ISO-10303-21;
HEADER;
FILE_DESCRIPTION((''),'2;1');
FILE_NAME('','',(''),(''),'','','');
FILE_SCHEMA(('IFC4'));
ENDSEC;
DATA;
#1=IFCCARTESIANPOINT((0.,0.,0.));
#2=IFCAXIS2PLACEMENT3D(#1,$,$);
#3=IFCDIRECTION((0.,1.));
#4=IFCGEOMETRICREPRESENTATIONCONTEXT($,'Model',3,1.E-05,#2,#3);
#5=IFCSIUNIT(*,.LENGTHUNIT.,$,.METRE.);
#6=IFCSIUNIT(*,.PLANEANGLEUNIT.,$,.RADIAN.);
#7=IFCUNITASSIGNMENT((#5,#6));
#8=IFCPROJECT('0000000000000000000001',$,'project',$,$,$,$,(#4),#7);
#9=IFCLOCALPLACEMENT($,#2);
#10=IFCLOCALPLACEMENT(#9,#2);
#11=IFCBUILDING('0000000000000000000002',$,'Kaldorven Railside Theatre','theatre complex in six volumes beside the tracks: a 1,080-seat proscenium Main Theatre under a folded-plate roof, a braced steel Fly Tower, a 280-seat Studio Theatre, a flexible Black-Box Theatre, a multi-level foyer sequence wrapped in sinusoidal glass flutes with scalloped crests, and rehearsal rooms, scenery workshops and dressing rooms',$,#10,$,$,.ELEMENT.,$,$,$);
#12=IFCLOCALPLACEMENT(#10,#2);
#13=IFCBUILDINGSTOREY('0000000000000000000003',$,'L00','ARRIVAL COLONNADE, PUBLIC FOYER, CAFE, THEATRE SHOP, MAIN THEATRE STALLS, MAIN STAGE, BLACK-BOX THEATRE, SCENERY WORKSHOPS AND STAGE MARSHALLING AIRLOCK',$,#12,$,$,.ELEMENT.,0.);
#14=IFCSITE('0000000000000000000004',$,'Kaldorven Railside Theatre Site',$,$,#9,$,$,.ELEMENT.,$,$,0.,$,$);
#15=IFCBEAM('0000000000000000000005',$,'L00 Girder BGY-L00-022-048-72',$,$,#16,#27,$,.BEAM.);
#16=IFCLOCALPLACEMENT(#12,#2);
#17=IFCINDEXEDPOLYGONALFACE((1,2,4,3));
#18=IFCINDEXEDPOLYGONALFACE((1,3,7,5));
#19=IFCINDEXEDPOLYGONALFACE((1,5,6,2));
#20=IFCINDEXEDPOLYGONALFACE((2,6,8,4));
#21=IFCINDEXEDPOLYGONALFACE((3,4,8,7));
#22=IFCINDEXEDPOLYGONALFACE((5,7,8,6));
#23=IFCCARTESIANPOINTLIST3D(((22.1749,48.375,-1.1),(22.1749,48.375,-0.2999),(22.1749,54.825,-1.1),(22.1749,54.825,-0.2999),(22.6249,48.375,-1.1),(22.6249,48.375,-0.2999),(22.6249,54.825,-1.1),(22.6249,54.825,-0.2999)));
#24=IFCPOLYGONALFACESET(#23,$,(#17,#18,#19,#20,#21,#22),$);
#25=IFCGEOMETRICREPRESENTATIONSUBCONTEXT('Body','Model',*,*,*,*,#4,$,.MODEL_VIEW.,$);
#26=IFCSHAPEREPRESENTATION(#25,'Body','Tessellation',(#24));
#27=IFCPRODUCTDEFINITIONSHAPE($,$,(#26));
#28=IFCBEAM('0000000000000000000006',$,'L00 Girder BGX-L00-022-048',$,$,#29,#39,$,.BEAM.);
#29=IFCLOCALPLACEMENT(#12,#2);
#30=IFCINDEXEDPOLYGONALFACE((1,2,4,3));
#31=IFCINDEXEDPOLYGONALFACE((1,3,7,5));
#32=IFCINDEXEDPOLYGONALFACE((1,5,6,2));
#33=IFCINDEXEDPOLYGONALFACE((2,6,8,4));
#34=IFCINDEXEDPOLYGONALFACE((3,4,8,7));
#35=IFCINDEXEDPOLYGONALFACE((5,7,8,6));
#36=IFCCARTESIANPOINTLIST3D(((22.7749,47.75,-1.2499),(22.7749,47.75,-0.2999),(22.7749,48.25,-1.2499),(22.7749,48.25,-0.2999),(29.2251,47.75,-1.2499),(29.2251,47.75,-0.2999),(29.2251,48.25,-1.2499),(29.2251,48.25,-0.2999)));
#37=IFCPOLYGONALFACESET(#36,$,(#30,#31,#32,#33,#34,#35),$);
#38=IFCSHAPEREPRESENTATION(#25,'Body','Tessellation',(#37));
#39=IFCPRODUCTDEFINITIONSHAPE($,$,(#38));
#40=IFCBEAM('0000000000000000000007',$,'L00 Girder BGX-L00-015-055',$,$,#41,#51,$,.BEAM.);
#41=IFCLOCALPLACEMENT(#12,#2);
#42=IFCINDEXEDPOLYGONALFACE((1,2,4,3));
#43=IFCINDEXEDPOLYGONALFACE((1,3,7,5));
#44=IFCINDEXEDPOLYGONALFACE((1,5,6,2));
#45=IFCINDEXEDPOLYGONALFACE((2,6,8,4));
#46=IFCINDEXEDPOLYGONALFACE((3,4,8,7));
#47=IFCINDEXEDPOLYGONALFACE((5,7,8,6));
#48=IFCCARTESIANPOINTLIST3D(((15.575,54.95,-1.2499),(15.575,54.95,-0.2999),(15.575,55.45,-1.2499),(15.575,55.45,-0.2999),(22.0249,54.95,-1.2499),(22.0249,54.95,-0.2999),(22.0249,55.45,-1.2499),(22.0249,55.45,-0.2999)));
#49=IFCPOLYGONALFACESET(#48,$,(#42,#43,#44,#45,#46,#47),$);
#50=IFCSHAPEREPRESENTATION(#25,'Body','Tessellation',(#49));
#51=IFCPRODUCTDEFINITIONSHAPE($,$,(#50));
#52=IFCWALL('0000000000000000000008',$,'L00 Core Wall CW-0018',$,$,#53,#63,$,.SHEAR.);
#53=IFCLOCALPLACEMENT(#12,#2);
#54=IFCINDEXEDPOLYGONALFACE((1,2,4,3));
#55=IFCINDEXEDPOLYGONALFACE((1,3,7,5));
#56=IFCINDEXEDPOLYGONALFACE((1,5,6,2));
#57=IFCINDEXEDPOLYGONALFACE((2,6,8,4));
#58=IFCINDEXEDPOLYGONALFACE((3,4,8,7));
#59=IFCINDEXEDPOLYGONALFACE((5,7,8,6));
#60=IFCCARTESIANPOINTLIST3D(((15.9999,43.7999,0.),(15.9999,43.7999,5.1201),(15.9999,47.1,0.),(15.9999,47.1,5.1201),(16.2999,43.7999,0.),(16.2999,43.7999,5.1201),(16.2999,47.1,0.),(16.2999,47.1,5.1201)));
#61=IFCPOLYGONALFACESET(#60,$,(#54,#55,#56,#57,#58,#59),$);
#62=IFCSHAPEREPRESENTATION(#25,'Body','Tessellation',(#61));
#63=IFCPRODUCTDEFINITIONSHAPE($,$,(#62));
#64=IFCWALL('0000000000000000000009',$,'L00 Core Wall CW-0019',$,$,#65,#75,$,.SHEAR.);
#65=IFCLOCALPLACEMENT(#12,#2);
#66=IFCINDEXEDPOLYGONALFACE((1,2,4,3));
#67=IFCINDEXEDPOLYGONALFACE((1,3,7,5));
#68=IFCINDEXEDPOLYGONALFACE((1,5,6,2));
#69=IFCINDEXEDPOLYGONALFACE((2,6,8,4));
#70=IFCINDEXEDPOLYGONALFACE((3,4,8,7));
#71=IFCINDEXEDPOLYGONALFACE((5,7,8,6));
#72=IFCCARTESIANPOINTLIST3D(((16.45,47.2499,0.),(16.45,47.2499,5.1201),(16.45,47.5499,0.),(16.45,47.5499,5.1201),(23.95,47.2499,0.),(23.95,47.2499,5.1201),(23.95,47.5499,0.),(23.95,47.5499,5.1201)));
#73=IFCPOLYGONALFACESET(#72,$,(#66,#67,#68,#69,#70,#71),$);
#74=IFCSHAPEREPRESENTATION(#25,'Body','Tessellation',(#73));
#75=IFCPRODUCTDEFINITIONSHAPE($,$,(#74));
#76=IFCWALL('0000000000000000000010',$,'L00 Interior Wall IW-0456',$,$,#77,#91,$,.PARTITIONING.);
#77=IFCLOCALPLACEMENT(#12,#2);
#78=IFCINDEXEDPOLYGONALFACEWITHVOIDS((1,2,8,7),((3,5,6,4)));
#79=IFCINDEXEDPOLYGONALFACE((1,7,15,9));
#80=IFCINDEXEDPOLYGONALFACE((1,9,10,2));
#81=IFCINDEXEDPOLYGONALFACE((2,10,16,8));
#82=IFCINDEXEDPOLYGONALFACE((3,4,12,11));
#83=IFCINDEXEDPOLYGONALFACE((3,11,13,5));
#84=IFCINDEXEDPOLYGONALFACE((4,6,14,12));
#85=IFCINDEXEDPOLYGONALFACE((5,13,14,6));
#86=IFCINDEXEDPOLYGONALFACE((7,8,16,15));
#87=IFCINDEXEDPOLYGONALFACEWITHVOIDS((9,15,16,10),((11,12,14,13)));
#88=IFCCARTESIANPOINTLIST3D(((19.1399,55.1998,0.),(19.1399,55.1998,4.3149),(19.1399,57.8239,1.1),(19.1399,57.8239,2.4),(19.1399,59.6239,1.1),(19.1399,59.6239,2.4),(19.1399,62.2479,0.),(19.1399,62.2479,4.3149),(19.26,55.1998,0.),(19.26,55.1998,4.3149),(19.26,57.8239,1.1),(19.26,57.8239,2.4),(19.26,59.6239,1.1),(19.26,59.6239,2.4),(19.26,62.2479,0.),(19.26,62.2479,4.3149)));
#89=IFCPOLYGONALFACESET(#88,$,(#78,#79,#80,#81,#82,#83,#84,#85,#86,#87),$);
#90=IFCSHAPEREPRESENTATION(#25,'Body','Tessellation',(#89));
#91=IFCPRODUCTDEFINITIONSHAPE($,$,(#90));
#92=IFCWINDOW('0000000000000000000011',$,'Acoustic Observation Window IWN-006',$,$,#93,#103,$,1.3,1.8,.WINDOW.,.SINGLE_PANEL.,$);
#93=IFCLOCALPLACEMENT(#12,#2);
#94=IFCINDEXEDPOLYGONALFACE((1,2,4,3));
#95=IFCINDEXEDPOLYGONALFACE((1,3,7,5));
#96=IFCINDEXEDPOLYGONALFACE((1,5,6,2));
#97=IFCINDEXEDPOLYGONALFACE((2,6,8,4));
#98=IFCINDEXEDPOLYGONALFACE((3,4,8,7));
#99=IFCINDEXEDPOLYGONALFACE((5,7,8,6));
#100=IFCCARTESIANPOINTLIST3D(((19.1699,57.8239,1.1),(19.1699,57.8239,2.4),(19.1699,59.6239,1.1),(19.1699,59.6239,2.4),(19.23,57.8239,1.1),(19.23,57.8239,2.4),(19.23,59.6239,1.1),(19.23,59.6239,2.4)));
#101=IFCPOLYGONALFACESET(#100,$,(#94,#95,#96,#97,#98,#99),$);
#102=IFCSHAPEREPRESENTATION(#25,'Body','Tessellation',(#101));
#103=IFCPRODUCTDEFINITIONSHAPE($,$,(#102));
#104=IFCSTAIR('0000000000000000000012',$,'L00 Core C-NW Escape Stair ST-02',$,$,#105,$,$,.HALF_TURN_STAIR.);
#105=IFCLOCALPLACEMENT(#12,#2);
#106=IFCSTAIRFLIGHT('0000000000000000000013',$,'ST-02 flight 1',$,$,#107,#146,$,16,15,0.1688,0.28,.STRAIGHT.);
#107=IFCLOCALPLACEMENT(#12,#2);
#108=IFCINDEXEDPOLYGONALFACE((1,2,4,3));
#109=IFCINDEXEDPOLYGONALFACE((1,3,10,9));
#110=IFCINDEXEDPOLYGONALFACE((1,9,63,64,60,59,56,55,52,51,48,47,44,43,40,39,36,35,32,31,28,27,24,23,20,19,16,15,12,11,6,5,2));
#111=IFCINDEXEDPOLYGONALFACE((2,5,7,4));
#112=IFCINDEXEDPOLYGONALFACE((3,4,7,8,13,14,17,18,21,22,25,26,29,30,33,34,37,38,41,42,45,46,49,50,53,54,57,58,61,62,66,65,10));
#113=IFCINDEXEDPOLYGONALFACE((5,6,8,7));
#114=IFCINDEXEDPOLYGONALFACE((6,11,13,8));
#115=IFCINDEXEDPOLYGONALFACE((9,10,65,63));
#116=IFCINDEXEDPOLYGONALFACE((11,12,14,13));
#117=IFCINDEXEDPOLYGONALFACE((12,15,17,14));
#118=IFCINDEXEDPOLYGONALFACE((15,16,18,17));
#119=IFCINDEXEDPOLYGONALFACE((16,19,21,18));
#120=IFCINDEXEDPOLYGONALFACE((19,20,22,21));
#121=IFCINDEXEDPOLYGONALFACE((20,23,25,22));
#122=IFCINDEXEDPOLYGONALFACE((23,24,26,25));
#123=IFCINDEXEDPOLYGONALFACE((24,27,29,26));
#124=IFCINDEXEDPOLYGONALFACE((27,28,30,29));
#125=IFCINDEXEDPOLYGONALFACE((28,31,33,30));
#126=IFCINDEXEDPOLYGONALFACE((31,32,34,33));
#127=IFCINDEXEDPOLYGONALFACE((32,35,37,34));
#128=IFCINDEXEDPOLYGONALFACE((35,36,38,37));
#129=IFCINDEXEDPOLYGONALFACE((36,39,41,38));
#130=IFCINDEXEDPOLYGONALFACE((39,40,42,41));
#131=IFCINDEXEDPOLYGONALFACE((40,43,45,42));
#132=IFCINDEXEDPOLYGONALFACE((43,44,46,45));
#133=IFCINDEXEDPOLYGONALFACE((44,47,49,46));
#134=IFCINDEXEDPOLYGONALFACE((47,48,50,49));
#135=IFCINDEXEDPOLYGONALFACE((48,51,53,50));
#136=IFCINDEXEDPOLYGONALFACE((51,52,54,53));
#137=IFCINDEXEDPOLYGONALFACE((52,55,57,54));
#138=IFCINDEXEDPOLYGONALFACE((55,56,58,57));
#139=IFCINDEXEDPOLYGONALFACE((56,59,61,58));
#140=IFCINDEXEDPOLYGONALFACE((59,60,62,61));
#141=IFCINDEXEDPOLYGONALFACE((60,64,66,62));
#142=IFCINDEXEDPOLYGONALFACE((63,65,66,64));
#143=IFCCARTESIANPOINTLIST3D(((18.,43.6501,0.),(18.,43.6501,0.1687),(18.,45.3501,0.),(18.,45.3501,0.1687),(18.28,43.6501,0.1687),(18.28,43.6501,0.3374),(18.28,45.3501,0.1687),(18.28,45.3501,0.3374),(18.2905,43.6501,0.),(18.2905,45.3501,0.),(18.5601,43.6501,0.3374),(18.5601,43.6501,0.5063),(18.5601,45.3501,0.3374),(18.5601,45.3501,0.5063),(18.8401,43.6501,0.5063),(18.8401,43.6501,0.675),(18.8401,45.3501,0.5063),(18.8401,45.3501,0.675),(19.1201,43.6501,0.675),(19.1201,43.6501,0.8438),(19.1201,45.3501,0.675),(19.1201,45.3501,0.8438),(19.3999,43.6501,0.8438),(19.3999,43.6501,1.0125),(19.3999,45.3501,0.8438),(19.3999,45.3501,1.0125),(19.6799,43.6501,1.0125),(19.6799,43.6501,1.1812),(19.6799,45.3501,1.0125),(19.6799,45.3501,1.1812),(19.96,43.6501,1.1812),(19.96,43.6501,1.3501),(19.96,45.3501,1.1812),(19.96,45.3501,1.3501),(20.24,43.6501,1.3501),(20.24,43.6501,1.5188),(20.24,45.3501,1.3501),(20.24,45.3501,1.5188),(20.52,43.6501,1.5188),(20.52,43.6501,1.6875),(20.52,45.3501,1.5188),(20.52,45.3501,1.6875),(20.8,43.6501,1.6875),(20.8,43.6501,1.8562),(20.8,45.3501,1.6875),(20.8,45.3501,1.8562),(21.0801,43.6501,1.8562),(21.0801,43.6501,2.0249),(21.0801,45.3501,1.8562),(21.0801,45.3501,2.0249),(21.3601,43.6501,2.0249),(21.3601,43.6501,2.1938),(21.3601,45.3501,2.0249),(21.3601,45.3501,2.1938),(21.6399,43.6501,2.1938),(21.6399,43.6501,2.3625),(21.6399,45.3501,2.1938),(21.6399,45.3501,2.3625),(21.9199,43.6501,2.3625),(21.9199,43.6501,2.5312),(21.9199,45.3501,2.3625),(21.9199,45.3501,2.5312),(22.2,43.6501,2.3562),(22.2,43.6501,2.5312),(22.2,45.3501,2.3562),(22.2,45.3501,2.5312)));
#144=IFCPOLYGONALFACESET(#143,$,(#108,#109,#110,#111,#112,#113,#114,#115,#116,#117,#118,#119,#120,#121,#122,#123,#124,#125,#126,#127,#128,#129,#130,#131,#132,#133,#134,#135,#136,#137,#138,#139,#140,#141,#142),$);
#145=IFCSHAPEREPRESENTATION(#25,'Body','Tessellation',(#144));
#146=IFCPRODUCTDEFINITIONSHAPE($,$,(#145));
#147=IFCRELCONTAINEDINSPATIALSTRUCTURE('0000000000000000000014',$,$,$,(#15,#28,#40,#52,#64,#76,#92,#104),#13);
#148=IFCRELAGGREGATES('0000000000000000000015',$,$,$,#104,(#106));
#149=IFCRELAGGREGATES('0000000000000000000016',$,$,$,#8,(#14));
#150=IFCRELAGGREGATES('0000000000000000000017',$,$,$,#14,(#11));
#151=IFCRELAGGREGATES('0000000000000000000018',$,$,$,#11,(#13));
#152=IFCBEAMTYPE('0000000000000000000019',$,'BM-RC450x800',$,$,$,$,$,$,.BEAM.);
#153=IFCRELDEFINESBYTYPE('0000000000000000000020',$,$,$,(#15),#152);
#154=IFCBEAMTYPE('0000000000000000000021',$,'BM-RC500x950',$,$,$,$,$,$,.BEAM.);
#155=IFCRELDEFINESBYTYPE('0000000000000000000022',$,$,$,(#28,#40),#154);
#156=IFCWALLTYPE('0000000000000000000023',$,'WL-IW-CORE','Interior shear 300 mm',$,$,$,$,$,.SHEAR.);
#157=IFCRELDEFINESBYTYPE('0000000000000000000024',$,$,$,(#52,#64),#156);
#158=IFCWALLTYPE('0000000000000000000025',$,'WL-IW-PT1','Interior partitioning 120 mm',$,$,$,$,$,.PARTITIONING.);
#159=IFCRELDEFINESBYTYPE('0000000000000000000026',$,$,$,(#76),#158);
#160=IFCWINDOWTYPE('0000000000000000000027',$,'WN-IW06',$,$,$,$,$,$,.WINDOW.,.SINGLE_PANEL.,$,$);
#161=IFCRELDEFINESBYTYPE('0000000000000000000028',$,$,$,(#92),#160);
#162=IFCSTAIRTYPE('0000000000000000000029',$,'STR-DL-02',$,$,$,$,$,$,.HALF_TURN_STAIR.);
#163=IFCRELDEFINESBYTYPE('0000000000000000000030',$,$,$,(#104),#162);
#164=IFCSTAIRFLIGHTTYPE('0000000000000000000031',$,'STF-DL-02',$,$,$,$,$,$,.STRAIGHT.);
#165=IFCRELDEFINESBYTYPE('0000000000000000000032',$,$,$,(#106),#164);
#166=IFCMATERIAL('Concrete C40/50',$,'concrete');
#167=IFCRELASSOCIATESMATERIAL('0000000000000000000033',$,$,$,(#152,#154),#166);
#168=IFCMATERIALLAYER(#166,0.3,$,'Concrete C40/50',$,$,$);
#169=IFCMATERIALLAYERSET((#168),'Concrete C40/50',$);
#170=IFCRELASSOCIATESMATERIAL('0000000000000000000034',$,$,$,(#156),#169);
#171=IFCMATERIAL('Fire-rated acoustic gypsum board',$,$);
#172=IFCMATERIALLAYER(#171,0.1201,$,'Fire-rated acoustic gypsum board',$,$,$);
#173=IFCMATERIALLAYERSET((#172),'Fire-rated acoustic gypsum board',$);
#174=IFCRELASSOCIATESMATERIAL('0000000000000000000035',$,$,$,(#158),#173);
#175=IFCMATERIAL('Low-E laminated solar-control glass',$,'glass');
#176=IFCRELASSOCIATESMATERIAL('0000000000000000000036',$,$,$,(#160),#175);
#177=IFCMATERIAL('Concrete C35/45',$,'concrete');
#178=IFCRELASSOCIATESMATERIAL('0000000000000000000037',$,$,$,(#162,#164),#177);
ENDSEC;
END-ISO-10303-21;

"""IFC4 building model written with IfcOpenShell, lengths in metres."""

from ifc_helpers import new_model, si_unit, direction, frame, frame_2d, origin, origin_2d, place, context, subcontext, project, spatial, polyline, rectangle, outline, extrude, material, layer, layer_set, material_profile, profile_set, type_object, element, fill, aggregate, save


model = new_model("IFC4")

# Units and contexts
model_context = context("Model", 3, precision=1e-05, world=origin(), true_north=direction((0.0, 1.0)))
body_context = subcontext(model_context, "Body", "Model", "MODEL_VIEW")
ifc_project = project(units=[si_unit("LENGTHUNIT", "METRE"), si_unit("PLANEANGLEUNIT", "RADIAN")], contexts=[model_context])

# Site, building, storey
site_placement = place(None, origin())
site = spatial("IfcSite", under=ifc_project, at=site_placement, Name="Kaldorven Railside Theatre Site", CompositionType="ELEMENT", RefElevation=0.0)
building_placement = place(site_placement, origin())
building = spatial("IfcBuilding", under=site, at=building_placement, Name="Kaldorven Railside Theatre", Description="theatre complex in six volumes beside the tracks: a 1,080-seat proscenium Main Theatre under a folded-plate roof, a braced steel Fly Tower, a 280-seat Studio Theatre, a flexible Black-Box Theatre, a multi-level foyer sequence wrapped in sinusoidal glass flutes with scalloped crests, and rehearsal rooms, scenery workshops and dressing rooms", CompositionType="ELEMENT")
storey_placement = place(building_placement, origin())
storey = spatial("IfcBuildingStorey", under=building, at=storey_placement, Name="L00", Description="ARRIVAL COLONNADE, PUBLIC FOYER, CAFE, THEATRE SHOP, MAIN THEATRE STALLS, MAIN STAGE, BLACK-BOX THEATRE, SCENERY WORKSHOPS AND STAGE MARSHALLING AIRLOCK", CompositionType="ELEMENT", Elevation=0.0)

# Shared definitions
ifc_material_1 = material(Name="Concrete C40/50", Category="concrete")

# Beams
ifc_material_profile_1 = material_profile(ifc_material_1, rectangle(XDim=0.45, YDim=0.8, at=origin_2d()), Name="RC 450x800")
ifc_profile_set_1 = profile_set([ifc_material_profile_1], Name="Concrete C40/50")
beam_type_1 = type_object("IfcBeamType", Name="BM-RC450x800", PredefinedType="BEAM", material=ifc_profile_set_1)
for number, where, z_axis, x_axis, name in (
    (1, (22.3999, 48.375, -0.7), (0.0, 1.0, 0.0), (-1.0, 0.0, 0.0), "L00 Girder BGY-L00-022-048-72"),
):
    element("IfcBeam", number, at=place(storey_placement, frame(where, z_axis=z_axis, x_axis=x_axis)), inside=storey, type_object=beam_type_1, Name=name, PredefinedType="BEAM", context=body_context, shape_type="SweptSolid", body=[
        extrude(rectangle(XDim=0.45, YDim=0.8, at=origin_2d()), origin(), (0.0, 0.0, 1.0), 6.45),
    ])
ifc_material_profile_2 = material_profile(ifc_material_1, rectangle(XDim=0.5, YDim=0.95, at=origin_2d()), Name="RC 500x950")
ifc_profile_set_2 = profile_set([ifc_material_profile_2], Name="Concrete C40/50")
beam_type_2 = type_object("IfcBeamType", Name="BM-RC500x950", PredefinedType="BEAM", material=ifc_profile_set_2)
beam_1_placement = place(storey_placement, frame((22.7749, 48.0, -0.7749), z_axis=(1.0, 0.0, 0.0), x_axis=(0.0, 1.0, 0.0)))
element("IfcBeam", 2, at=beam_1_placement, inside=storey, type_object=beam_type_2, Name="L00 Girder BGX-L00-022-048", PredefinedType="BEAM", context=body_context, shape_type="SweptSolid", body=[
    extrude(rectangle(XDim=0.5, YDim=0.95, at=origin_2d()), origin(), (0.0, 0.0, 1.0), 6.4502),
])
beam_2_placement = place(storey_placement, frame((15.575, 55.2, -0.7749), z_axis=(1.0, 0.0, 0.0), x_axis=(0.0, 1.0, 0.0)))
element("IfcBeam", 3, at=beam_2_placement, inside=storey, type_object=beam_type_2, Name="L00 Girder BGX-L00-015-055", PredefinedType="BEAM", context=body_context, shape_type="SweptSolid", body=[
    extrude(rectangle(XDim=0.5, YDim=0.95, at=origin_2d()), origin(), (0.0, 0.0, 1.0), 6.45),
])

# Walls
ifc_layer_1 = layer(ifc_material_1, 0.3, Name="Concrete C40/50")
ifc_layer_set_1 = layer_set([ifc_layer_1], Name="Concrete C40/50")
wall_type_1 = type_object("IfcWallType", Name="WL-IW-CORE", Description="Interior shear 300 mm", PredefinedType="SHEAR", material=ifc_layer_set_1)
wall_1_placement = place(storey_placement, frame((16.1499, 43.8, 0.0), z_axis=(0.0, 0.0, 1.0), x_axis=(0.0, 1.0, 0.0)))
element("IfcWall", 4, at=wall_1_placement, inside=storey, type_object=wall_type_1, Name="L00 Core Wall CW-0018", PredefinedType="SHEAR", context=body_context, shape_type="SweptSolid", body=[
    extrude(rectangle(XDim=3.3, YDim=0.3, at=frame_2d((1.6499, 0.0))), origin(), (0.0, 0.0, 1.0), 5.1201),
])
wall_2_placement = place(storey_placement, frame((16.45, 47.3999, 0.0), z_axis=(0.0, 0.0, 1.0), x_axis=(1.0, 0.0, 0.0)))
element("IfcWall", 5, at=wall_2_placement, inside=storey, type_object=wall_type_1, Name="L00 Core Wall CW-0019", PredefinedType="SHEAR", context=body_context, shape_type="SweptSolid", body=[
    extrude(rectangle(XDim=7.5, YDim=0.3, at=frame_2d((3.75, 0.0))), origin(), (0.0, 0.0, 1.0), 5.1201),
])

# Wall, opening, window
ifc_material_2 = material(Name="Fire-rated acoustic gypsum board")
ifc_layer_2 = layer(ifc_material_2, 0.1201, Name="Fire-rated acoustic gypsum board")
ifc_layer_set_2 = layer_set([ifc_layer_2], Name="Fire-rated acoustic gypsum board")
wall_type_2 = type_object("IfcWallType", Name="WL-IW-PT1", Description="Interior partitioning 120 mm", PredefinedType="PARTITIONING", material=ifc_layer_set_2)
wall_3_placement = place(storey_placement, frame((19.2, 55.2, 0.0), z_axis=(0.0, 0.0, 1.0), x_axis=(0.0, 1.0, 0.0)))
wall_3 = element("IfcWall", 6, at=wall_3_placement, inside=storey, type_object=wall_type_2, Name="L00 Interior Wall IW-0456", PredefinedType="PARTITIONING", context=body_context, shape_type="SweptSolid", body=[
    extrude(rectangle(XDim=7.0481, YDim=0.1201, at=frame_2d((3.5239, 0.0))), origin(), (0.0, 0.0, 1.0), 4.3149),
])
opening_placement = place(wall_3_placement, frame((2.624, 0.0, 1.1001)))
opening = element("IfcOpeningElement", 7, at=opening_placement, cuts=wall_3, PredefinedType="OPENING", context=body_context, shape_type="SweptSolid", body=[
    extrude(rectangle(XDim=1.8, YDim=1.3, at=frame_2d((0.8999, 0.6499))), frame((0.0, 0.0701, 0.0), z_axis=(0.0, -1.0, 0.0), x_axis=(1.0, 0.0, 0.0)), (0.0, 0.0, 1.0), 0.1401),
])
ifc_material_3 = material(Name="Low-E laminated solar-control glass", Category="glass")
window_type = type_object("IfcWindowType", Name="WN-IW06", PartitioningType="SINGLE_PANEL", PredefinedType="WINDOW", material=ifc_material_3)
window_placement = place(opening_placement, origin())
window = element("IfcWindow", 8, at=window_placement, inside=storey, type_object=window_type, Name="Acoustic Observation Window IWN-006", OverallHeight=1.3, OverallWidth=1.8, PartitioningType="SINGLE_PANEL", PredefinedType="WINDOW", context=body_context, shape_type="SweptSolid", body=[
    extrude(rectangle(XDim=1.8, YDim=1.3, at=frame_2d((0.8999, 0.6499))), frame((0.0, 0.03, 0.0), z_axis=(0.0, -1.0, 0.0), x_axis=(1.0, 0.0, 0.0)), (0.0, 0.0, 1.0), 0.0601),
])
fill(opening, window)

# Stair, stair flight
ifc_material_4 = material(Name="Concrete C35/45", Category="concrete")
stair_type = type_object("IfcStairType", Name="STR-DL-02", PredefinedType="HALF_TURN_STAIR", material=ifc_material_4)
stair_placement = place(storey_placement, origin())
stair = element("IfcStair", 9, at=stair_placement, inside=storey, type_object=stair_type, Name="L00 Core C-NW Escape Stair ST-02", PredefinedType="HALF_TURN_STAIR")
stair_flight_type = type_object("IfcStairFlightType", Name="STF-DL-02", PredefinedType="STRAIGHT", material=ifc_material_4)
stair_flight_1_placement = place(storey_placement, frame((18.0, 44.5, 0.0), z_axis=(0.0, 0.0, 1.0), x_axis=(1.0, 0.0, 0.0)))
stair_flight_1 = element("IfcStairFlight", 10, at=stair_flight_1_placement, type_object=stair_flight_type, Name="ST-02 flight 1", NumberOfRisers=16, NumberOfTreads=15, PredefinedType="STRAIGHT", RiserHeight=0.1688, TreadLength=0.28, context=body_context, shape_type="SweptSolid", body=[
    extrude(outline(polyline([(0.0, 0.0), (0.0, 0.1687), (0.28, 0.1687), (0.28, 0.3374), (0.5601, 0.3374), (0.5601, 0.5063), (0.8401, 0.5063), (0.8401, 0.675), (1.1201, 0.675), (1.1201, 0.8438), (1.3999, 0.8438), (1.3999, 1.0125), (1.6799, 1.0125), (1.6799, 1.1812), (1.96, 1.1812), (1.96, 1.3501), (2.24, 1.3501), (2.24, 1.5188), (2.52, 1.5188), (2.52, 1.6875), (2.8, 1.6875), (2.8, 1.8562), (3.0801, 1.8562), (3.0801, 2.0249), (3.3601, 2.0249), (3.3601, 2.1938), (3.6399, 2.1938), (3.6399, 2.3625), (3.9199, 2.3625), (3.9199, 2.5312), (4.2, 2.5312), (4.2, 2.7), (4.2, 2.3562), (0.2905, 0.0), (0.0, 0.0)])), frame((0.0, 0.8501, 0.0), z_axis=(0.0, -1.0, 0.0), x_axis=(1.0, 0.0, 0.0)), (0.0, 0.0, 1.0), 1.7),
])
aggregate(stair, [stair_flight_1])

save(model, "model.ifc")
